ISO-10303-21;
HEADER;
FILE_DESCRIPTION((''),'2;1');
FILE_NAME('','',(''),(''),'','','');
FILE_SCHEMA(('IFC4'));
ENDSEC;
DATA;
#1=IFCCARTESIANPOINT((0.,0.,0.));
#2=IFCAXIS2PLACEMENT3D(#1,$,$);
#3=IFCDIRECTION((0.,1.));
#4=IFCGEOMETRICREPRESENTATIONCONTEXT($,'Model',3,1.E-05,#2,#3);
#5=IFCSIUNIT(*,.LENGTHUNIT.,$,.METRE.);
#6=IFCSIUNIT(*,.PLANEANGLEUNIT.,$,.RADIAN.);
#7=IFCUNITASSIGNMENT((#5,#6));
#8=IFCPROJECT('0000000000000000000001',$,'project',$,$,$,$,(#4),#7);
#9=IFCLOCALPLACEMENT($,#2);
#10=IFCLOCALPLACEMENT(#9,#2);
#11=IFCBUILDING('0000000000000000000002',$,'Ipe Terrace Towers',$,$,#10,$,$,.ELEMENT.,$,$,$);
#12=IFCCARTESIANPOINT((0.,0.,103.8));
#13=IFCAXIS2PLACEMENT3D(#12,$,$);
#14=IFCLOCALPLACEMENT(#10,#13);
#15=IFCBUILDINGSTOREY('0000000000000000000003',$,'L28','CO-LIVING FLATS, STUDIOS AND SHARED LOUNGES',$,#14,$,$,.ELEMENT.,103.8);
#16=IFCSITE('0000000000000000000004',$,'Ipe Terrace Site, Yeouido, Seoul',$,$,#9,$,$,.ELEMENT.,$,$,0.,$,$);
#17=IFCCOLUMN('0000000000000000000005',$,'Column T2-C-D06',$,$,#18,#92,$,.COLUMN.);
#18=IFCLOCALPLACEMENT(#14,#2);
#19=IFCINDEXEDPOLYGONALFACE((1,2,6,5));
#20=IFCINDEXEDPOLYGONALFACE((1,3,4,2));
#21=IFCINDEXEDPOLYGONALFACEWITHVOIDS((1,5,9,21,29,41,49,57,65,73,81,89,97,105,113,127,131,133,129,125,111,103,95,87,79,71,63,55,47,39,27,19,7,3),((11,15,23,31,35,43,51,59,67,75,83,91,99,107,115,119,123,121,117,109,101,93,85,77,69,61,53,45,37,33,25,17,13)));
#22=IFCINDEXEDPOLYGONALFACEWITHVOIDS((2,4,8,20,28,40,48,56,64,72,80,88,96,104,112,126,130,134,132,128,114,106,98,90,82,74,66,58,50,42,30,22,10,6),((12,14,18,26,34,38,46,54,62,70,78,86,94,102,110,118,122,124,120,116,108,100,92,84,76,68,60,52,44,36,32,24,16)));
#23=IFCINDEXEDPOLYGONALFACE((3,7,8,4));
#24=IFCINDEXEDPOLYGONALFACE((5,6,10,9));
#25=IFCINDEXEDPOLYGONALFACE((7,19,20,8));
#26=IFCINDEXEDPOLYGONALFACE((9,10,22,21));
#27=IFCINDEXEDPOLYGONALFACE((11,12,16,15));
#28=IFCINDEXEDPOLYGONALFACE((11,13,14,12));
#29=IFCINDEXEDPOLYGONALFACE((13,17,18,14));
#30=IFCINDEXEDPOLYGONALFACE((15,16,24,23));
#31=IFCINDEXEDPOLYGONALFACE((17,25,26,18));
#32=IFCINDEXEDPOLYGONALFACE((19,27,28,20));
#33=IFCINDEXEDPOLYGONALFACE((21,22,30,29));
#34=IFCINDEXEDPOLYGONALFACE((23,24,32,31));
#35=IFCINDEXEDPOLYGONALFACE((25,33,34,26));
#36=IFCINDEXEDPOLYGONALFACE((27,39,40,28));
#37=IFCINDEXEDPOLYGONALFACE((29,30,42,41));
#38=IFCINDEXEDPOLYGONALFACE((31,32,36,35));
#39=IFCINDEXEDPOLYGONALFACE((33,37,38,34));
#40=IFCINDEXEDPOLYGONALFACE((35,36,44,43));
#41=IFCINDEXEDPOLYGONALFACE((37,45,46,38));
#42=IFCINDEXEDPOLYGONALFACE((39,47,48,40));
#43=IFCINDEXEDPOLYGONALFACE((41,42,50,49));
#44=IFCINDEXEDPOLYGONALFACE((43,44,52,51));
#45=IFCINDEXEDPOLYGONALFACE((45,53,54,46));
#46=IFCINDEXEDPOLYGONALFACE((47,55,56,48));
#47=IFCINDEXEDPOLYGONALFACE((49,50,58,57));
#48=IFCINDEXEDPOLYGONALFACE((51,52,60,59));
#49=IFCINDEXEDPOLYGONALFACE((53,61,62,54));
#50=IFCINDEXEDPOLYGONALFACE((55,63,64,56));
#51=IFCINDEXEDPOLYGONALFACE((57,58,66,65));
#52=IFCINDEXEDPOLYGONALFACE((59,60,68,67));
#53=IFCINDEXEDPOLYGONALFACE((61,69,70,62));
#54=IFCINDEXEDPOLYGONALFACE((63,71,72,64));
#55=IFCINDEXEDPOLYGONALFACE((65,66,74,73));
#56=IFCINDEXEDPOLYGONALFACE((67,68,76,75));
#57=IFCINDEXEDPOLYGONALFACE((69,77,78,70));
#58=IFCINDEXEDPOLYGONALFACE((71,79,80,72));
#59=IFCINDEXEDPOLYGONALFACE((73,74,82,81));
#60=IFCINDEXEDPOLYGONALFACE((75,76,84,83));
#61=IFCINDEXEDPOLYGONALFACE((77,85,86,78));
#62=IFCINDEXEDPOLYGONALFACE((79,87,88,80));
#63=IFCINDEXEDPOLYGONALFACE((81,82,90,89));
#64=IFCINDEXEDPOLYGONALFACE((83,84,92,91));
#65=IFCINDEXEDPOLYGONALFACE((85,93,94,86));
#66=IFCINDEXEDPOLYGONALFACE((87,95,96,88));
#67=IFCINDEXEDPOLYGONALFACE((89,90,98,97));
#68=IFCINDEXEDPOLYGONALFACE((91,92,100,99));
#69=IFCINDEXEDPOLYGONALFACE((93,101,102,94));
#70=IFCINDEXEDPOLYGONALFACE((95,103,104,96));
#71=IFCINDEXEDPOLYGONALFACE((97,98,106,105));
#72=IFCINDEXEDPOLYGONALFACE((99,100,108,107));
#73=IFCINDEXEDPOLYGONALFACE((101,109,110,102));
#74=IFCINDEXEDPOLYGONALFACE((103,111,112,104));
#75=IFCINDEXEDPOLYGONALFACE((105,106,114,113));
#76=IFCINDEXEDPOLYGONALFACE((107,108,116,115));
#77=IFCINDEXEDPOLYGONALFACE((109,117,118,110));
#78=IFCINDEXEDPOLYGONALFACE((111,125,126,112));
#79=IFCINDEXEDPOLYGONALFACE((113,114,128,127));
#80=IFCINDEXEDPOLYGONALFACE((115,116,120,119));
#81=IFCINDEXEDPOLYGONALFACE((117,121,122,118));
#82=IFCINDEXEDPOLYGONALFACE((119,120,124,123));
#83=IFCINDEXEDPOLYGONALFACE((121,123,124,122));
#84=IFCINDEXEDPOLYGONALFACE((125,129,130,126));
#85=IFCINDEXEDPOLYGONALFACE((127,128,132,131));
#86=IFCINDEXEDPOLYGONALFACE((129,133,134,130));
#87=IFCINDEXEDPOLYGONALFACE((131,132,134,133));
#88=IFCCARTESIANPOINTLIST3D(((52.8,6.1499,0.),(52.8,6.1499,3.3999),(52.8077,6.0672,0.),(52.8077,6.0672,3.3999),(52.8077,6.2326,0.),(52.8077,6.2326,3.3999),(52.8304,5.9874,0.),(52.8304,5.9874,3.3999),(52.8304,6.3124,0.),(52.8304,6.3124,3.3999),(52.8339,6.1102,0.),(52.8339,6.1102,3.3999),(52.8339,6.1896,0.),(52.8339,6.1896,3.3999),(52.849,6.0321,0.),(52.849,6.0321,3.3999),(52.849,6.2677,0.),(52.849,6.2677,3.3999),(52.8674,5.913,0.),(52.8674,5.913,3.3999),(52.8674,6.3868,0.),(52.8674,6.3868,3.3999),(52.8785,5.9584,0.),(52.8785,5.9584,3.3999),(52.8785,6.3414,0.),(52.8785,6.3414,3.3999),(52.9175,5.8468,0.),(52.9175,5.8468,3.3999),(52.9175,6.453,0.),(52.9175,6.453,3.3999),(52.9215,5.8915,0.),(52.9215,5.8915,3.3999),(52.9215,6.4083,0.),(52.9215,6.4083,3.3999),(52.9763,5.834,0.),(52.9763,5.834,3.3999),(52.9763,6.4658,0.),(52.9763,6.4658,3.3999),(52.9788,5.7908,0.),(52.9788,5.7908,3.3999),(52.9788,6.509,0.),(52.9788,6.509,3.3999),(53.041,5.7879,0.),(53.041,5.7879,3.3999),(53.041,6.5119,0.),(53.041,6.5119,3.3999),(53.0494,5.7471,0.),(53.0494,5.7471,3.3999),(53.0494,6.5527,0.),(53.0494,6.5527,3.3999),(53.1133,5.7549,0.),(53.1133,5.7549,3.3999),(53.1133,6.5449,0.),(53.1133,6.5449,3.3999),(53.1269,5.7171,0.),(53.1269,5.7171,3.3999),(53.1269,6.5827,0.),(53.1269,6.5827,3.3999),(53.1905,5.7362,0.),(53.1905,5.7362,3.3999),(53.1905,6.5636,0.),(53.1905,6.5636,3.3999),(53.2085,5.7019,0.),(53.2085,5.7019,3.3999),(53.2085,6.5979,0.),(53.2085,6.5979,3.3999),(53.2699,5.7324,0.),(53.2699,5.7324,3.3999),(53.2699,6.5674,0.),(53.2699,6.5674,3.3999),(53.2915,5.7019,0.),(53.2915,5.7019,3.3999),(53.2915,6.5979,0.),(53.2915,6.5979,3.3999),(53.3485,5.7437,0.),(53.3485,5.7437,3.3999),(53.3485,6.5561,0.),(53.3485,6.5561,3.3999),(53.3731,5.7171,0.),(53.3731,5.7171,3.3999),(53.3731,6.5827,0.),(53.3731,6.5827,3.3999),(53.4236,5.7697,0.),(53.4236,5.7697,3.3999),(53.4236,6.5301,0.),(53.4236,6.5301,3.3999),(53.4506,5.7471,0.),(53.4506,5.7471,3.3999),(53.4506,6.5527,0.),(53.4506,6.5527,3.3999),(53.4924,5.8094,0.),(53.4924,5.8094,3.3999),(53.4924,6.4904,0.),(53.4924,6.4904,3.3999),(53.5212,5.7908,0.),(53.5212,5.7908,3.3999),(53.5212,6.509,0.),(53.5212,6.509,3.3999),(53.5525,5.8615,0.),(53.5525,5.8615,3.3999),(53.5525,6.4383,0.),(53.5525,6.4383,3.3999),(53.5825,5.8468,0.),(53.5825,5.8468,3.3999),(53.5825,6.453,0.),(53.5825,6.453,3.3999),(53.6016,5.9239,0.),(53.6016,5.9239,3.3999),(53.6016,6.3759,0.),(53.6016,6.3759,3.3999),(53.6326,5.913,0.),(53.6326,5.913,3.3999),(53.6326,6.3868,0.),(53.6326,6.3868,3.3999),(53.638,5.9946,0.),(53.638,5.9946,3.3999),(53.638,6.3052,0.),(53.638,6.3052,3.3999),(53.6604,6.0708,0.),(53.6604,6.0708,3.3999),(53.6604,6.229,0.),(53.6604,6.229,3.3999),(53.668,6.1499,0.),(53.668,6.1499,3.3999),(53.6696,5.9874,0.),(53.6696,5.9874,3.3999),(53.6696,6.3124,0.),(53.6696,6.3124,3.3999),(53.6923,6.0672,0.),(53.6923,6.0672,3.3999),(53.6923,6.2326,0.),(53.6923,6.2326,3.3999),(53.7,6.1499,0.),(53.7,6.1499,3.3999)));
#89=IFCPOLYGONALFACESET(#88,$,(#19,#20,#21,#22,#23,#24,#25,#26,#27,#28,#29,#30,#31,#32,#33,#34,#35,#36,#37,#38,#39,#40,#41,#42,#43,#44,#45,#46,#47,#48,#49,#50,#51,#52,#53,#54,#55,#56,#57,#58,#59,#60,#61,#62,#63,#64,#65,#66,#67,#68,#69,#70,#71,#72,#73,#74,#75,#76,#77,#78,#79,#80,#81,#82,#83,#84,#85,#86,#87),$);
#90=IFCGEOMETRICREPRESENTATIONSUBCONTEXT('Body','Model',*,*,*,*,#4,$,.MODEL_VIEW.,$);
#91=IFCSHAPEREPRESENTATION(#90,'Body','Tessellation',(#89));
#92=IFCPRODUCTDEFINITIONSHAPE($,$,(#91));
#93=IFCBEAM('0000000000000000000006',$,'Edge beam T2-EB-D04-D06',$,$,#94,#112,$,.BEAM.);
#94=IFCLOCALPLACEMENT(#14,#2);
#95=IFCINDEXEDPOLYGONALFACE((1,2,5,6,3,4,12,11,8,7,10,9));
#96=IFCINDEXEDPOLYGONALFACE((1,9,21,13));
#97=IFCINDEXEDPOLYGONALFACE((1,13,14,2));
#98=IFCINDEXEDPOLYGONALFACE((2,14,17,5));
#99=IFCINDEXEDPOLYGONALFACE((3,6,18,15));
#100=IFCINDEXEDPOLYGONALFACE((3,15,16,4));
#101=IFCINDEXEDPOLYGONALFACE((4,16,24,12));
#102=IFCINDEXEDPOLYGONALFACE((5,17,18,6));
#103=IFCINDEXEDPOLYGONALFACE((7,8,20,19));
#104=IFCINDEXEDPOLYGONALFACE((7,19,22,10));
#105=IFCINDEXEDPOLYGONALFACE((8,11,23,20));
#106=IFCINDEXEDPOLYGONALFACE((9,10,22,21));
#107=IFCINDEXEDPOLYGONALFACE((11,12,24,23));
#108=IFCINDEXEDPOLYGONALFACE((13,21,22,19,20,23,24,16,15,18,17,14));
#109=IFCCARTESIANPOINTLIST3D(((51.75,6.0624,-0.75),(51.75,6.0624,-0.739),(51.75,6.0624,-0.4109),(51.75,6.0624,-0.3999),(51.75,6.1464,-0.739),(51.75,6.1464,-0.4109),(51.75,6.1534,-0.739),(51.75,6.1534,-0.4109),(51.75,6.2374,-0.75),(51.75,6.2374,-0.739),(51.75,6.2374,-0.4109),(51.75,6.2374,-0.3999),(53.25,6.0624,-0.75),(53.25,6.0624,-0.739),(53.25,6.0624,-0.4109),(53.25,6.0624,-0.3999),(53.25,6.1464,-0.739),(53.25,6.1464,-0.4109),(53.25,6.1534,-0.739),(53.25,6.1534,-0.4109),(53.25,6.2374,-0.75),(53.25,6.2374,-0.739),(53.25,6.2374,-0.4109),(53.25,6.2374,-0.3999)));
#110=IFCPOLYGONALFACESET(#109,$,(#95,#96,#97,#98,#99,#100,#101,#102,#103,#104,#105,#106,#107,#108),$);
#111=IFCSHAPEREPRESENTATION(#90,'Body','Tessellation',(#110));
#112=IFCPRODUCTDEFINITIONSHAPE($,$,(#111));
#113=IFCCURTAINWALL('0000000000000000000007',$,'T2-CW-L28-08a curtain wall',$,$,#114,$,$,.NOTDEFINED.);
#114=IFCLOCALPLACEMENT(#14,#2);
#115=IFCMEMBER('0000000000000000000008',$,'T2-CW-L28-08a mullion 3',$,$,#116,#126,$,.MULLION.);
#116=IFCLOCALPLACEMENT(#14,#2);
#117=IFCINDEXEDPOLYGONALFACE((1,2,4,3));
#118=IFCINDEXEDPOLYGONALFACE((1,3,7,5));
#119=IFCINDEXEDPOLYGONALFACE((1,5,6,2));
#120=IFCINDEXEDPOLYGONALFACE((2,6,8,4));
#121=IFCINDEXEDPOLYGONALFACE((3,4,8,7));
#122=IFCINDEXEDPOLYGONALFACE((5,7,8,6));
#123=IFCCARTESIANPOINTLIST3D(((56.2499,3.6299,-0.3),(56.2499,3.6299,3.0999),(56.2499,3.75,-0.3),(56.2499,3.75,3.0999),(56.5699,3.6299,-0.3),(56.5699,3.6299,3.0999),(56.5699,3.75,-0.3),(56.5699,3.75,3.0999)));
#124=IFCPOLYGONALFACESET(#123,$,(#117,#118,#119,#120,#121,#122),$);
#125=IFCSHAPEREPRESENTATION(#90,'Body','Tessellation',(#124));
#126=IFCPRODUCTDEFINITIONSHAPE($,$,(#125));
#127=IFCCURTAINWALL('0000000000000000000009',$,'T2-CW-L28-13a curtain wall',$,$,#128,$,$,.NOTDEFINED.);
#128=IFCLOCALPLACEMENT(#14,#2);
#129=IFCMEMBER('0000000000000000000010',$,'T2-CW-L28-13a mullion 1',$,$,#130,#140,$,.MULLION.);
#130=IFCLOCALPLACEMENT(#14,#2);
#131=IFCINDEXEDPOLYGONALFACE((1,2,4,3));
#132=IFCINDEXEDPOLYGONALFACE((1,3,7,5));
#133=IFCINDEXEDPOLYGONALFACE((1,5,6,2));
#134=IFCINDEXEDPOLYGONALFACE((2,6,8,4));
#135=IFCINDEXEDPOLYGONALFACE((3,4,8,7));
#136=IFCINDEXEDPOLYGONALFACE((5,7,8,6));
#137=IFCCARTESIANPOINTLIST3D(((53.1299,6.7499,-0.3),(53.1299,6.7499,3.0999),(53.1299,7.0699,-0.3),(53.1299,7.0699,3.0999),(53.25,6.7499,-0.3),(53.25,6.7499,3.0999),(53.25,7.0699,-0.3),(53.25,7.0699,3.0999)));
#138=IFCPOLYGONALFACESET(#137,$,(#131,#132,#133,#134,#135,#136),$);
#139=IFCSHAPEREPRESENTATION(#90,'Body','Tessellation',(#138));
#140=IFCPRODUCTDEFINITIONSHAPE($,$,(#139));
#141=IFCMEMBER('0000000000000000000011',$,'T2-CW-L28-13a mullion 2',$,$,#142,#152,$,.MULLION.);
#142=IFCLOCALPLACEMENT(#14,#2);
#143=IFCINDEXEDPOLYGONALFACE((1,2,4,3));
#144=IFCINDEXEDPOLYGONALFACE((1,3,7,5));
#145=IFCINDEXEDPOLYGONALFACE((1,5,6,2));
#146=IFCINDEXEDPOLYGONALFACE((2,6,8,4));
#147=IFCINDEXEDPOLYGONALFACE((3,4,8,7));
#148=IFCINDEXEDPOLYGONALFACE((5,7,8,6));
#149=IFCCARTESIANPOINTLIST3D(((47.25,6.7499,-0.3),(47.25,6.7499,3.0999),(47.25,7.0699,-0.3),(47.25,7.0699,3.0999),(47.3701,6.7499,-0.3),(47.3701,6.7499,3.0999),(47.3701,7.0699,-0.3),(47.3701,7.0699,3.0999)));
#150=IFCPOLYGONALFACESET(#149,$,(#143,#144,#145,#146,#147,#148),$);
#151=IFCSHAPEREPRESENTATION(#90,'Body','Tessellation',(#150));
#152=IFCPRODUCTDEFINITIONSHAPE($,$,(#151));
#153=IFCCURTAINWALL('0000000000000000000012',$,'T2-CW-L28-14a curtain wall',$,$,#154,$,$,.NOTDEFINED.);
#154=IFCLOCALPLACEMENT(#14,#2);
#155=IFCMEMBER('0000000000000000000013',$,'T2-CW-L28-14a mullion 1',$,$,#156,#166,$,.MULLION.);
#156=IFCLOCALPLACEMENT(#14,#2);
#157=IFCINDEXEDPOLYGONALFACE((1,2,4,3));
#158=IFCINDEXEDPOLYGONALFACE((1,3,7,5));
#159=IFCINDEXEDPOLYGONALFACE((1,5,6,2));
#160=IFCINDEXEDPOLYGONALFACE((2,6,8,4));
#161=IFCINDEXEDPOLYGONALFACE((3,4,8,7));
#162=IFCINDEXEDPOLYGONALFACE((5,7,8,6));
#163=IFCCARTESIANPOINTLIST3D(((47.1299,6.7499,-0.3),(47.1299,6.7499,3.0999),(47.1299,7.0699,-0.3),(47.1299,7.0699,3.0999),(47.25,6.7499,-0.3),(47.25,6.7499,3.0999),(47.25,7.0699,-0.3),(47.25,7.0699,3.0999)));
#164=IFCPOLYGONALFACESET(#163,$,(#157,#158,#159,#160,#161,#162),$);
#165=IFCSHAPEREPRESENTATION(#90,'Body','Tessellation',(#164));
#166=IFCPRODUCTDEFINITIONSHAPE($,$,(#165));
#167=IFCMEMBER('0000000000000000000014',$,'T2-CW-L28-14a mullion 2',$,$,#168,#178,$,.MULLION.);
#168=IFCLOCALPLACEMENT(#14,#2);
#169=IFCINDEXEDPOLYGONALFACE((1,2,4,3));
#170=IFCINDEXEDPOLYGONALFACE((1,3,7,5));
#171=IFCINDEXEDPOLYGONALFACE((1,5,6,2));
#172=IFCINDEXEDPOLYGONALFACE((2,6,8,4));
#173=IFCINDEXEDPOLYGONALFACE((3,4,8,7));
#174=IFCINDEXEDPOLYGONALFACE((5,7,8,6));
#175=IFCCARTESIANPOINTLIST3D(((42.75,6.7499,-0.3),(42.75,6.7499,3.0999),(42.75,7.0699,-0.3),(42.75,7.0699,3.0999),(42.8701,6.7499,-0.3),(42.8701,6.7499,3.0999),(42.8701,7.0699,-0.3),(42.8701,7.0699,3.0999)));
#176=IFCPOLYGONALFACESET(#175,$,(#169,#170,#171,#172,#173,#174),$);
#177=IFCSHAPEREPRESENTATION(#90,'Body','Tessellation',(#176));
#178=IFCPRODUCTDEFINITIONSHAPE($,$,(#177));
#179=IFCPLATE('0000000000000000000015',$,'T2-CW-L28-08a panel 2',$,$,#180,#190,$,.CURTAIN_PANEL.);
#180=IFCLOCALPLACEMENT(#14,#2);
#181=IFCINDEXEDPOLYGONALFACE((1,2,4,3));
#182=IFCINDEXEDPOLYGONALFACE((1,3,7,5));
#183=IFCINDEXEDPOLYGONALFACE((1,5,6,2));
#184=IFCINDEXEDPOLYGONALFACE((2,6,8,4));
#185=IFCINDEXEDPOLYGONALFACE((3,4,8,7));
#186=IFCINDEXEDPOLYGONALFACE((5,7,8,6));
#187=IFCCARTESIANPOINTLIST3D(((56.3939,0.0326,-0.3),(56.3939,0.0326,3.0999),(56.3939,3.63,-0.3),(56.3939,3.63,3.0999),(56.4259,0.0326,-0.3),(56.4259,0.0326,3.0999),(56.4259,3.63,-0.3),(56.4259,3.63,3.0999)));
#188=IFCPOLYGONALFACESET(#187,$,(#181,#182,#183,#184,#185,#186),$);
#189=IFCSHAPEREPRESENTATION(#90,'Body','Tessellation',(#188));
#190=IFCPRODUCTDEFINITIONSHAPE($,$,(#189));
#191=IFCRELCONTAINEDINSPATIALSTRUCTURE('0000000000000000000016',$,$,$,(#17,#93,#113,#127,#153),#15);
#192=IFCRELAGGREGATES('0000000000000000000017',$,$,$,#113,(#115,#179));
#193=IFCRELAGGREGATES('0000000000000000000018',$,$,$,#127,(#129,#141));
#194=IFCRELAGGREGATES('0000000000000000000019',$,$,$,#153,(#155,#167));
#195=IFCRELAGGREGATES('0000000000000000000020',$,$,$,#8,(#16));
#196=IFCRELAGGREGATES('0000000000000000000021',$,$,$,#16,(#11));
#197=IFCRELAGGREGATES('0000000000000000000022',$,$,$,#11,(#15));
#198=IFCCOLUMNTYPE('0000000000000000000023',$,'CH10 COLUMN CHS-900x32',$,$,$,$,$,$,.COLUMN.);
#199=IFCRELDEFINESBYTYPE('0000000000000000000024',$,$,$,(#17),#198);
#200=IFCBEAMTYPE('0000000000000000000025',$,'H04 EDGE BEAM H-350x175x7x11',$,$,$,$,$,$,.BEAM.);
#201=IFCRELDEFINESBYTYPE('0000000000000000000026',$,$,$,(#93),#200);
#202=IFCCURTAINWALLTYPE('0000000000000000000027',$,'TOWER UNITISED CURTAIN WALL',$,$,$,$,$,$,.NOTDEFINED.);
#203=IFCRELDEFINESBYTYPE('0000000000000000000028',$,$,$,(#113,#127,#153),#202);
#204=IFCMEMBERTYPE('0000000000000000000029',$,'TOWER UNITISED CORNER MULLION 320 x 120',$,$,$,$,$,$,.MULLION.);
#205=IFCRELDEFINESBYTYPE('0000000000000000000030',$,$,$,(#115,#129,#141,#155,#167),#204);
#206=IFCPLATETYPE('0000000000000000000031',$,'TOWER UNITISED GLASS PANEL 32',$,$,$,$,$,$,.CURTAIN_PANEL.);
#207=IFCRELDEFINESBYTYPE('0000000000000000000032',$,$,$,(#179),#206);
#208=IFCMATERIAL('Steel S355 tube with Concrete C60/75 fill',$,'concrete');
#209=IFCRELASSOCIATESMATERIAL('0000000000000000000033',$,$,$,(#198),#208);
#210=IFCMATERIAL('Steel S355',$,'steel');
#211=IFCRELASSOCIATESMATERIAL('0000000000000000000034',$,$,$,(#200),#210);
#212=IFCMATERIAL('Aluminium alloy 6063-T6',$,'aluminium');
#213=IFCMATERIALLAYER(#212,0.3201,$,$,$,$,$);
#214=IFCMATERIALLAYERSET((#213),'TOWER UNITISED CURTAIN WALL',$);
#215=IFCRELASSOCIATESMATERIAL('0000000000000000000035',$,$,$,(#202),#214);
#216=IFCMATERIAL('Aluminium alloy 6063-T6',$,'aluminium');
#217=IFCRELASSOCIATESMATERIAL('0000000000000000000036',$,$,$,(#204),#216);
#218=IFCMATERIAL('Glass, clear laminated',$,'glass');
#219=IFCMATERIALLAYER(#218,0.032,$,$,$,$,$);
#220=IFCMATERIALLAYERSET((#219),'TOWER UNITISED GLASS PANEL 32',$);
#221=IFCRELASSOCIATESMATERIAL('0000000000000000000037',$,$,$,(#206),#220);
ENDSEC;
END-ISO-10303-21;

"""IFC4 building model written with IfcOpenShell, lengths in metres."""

from ifc_helpers import new_model, si_unit, direction, frame, origin, origin_2d, place, context, subcontext, project, spatial, rectangle, hollow_circle, i_section, extrude, material, layer, layer_set, material_profile, profile_set, type_object, element, aggregate, save


model = new_model("IFC4")

# Units and contexts
model_context = context("Model", 3, precision=1e-05, world=origin(), true_north=direction((0.0, 1.0)))
body_context = subcontext(model_context, "Body", "Model", "MODEL_VIEW")
ifc_project = project(units=[si_unit("LENGTHUNIT", "METRE"), si_unit("PLANEANGLEUNIT", "RADIAN")], contexts=[model_context])

# Site, building, storey
site_placement = place(None, origin())
site = spatial("IfcSite", under=ifc_project, at=site_placement, Name="Ipe Terrace Site, Yeouido, Seoul", CompositionType="ELEMENT", RefElevation=0.0)
building_placement = place(site_placement, origin())
building = spatial("IfcBuilding", under=site, at=building_placement, Name="Ipe Terrace Towers", CompositionType="ELEMENT")
storey_placement = place(building_placement, frame((0.0, 0.0, 103.8)))
storey = spatial("IfcBuildingStorey", under=building, at=storey_placement, Name="L28", Description="CO-LIVING FLATS, STUDIOS AND SHARED LOUNGES", CompositionType="ELEMENT", Elevation=103.8)

# Column
ifc_material_1 = material(Name="Steel S355 tube with Concrete C60/75 fill", Category="concrete")
ifc_material_profile_1 = material_profile(ifc_material_1, hollow_circle(Radius=0.45, WallThickness=0.032, at=origin_2d()), Name="CHS-900x32")
ifc_profile_set_1 = profile_set([ifc_material_profile_1], Name="Steel S355 tube with Concrete C60/75 fill")
column_type_1 = type_object("IfcColumnType", Name="CH10 COLUMN CHS-900x32", PredefinedType="COLUMN", material=ifc_profile_set_1)
for number, where, z_axis, x_axis, name in (
    (1, (53.25, 6.1499, 0.0), (0.0, 0.0, 1.0), (1.0, 0.0, 0.0), "Column T2-C-D06"),
):
    element("IfcColumn", number, at=place(storey_placement, frame(where, z_axis=z_axis, x_axis=x_axis)), inside=storey, type_object=column_type_1, Name=name, PredefinedType="COLUMN", context=body_context, shape_type="SweptSolid", body=[
        extrude(hollow_circle(Radius=0.45, WallThickness=0.032, at=origin_2d()), origin(), (0.0, 0.0, 1.0), 3.3999),
    ])

# Beam
ifc_material_2 = material(Name="Steel S355", Category="steel")
ifc_material_profile_2 = material_profile(ifc_material_2, i_section(OverallWidth=0.175, OverallDepth=0.3501, WebThickness=0.0071, FlangeThickness=0.011, at=origin_2d()), Name="H-350x175x7x11")
ifc_profile_set_2 = profile_set([ifc_material_profile_2], Name="Steel S355")
beam_type = type_object("IfcBeamType", Name="H04 EDGE BEAM H-350x175x7x11", PredefinedType="BEAM", material=ifc_profile_set_2)
beam_placement = place(storey_placement, frame((51.75, 6.1499, -0.575), z_axis=(1.0, 0.0, 0.0), x_axis=(0.0, 1.0, 0.0)))
element("IfcBeam", 2, at=beam_placement, inside=storey, type_object=beam_type, Name="Edge beam T2-EB-D04-D06", PredefinedType="BEAM", context=body_context, shape_type="SweptSolid", body=[
    extrude(i_section(OverallWidth=0.175, OverallDepth=0.3501, WebThickness=0.0071, FlangeThickness=0.011, at=origin_2d()), origin(), (0.0, 0.0, 1.0), 1.5),
])

# Curtain wall, member
ifc_material_3 = material(Name="Aluminium alloy 6063-T6", Category="aluminium")
ifc_layer_1 = layer(ifc_material_3, 0.3201)
ifc_layer_set_1 = layer_set([ifc_layer_1], Name="TOWER UNITISED CURTAIN WALL")
curtain_wall_type = type_object("IfcCurtainWallType", Name="TOWER UNITISED CURTAIN WALL", PredefinedType="NOTDEFINED", material=ifc_layer_set_1)
curtain_wall_1_placement = place(storey_placement, origin())
curtain_wall_1 = element("IfcCurtainWall", 3, at=curtain_wall_1_placement, inside=storey, type_object=curtain_wall_type, Name="T2-CW-L28-08a curtain wall", PredefinedType="NOTDEFINED")
ifc_material_4 = material(Name="Aluminium alloy 6063-T6", Category="aluminium")
ifc_material_profile_3 = material_profile(ifc_material_4, rectangle(XDim=0.3201, YDim=0.1201, at=origin_2d()), Name="TOWER UNITISED CORNER MULLION 320 x 120")
ifc_profile_set_3 = profile_set([ifc_material_profile_3], Name="Aluminium alloy 6063-T6")
member_type = type_object("IfcMemberType", Name="TOWER UNITISED CORNER MULLION 320 x 120", PredefinedType="MULLION", material=ifc_profile_set_3)
member_1_placement = place(storey_placement, frame((56.4099, 3.6899, -0.3), z_axis=(0.0, 0.0, 1.0), x_axis=(1.0, 0.0, 0.0)))
member_1 = element("IfcMember", 4, at=member_1_placement, type_object=member_type, Name="T2-CW-L28-08a mullion 3", PredefinedType="MULLION", context=body_context, shape_type="SweptSolid", body=[
    extrude(rectangle(XDim=0.3201, YDim=0.1201, at=origin_2d()), origin(), (0.0, 0.0, 1.0), 3.3999),
])

# Curtain walls, members
curtain_wall_2_placement = place(storey_placement, origin())
curtain_wall_2 = element("IfcCurtainWall", 5, at=curtain_wall_2_placement, inside=storey, type_object=curtain_wall_type, Name="T2-CW-L28-13a curtain wall", PredefinedType="NOTDEFINED")
member_2_placement = place(storey_placement, frame((53.1899, 6.9099, -0.3), z_axis=(0.0, 0.0, 1.0), x_axis=(0.0, 1.0, 0.0)))
member_2 = element("IfcMember", 6, at=member_2_placement, type_object=member_type, Name="T2-CW-L28-13a mullion 1", PredefinedType="MULLION", context=body_context, shape_type="SweptSolid", body=[
    extrude(rectangle(XDim=0.3201, YDim=0.1201, at=origin_2d()), origin(), (0.0, 0.0, 1.0), 3.3999),
])
member_3_placement = place(storey_placement, frame((47.3101, 6.9099, -0.3), z_axis=(0.0, 0.0, 1.0), x_axis=(0.0, 1.0, 0.0)))
member_3 = element("IfcMember", 7, at=member_3_placement, type_object=member_type, Name="T2-CW-L28-13a mullion 2", PredefinedType="MULLION", context=body_context, shape_type="SweptSolid", body=[
    extrude(rectangle(XDim=0.3201, YDim=0.1201, at=origin_2d()), origin(), (0.0, 0.0, 1.0), 3.3999),
])
curtain_wall_3_placement = place(storey_placement, origin())
curtain_wall_3 = element("IfcCurtainWall", 8, at=curtain_wall_3_placement, inside=storey, type_object=curtain_wall_type, Name="T2-CW-L28-14a curtain wall", PredefinedType="NOTDEFINED")
member_4_placement = place(storey_placement, frame((47.1899, 6.9099, -0.3), z_axis=(0.0, 0.0, 1.0), x_axis=(0.0, 1.0, 0.0)))
member_4 = element("IfcMember", 9, at=member_4_placement, type_object=member_type, Name="T2-CW-L28-14a mullion 1", PredefinedType="MULLION", context=body_context, shape_type="SweptSolid", body=[
    extrude(rectangle(XDim=0.3201, YDim=0.1201, at=origin_2d()), origin(), (0.0, 0.0, 1.0), 3.3999),
])
member_5_placement = place(storey_placement, frame((42.8101, 6.9099, -0.3), z_axis=(0.0, 0.0, 1.0), x_axis=(0.0, 1.0, 0.0)))
member_5 = element("IfcMember", 10, at=member_5_placement, type_object=member_type, Name="T2-CW-L28-14a mullion 2", PredefinedType="MULLION", context=body_context, shape_type="SweptSolid", body=[
    extrude(rectangle(XDim=0.3201, YDim=0.1201, at=origin_2d()), origin(), (0.0, 0.0, 1.0), 3.3999),
])

# Plate
ifc_material_5 = material(Name="Glass, clear laminated", Category="glass")
ifc_layer_2 = layer(ifc_material_5, 0.032)
ifc_layer_set_2 = layer_set([ifc_layer_2], Name="TOWER UNITISED GLASS PANEL 32")
plate_type = type_object("IfcPlateType", Name="TOWER UNITISED GLASS PANEL 32", PredefinedType="CURTAIN_PANEL", material=ifc_layer_set_2)
plate_1_placement = place(storey_placement, frame((56.4099, 1.8313, -0.3), z_axis=(0.0, 0.0, 1.0), x_axis=(0.0, 1.0, 0.0)))
plate_1 = element("IfcPlate", 11, at=plate_1_placement, type_object=plate_type, Name="T2-CW-L28-08a panel 2", PredefinedType="CURTAIN_PANEL", context=body_context, shape_type="SweptSolid", body=[
    extrude(rectangle(XDim=3.5974, YDim=0.032, at=origin_2d()), origin(), (0.0, 0.0, 1.0), 3.3999),
])
aggregate(curtain_wall_1, [member_1, plate_1])
aggregate(curtain_wall_2, [member_2, member_3])
aggregate(curtain_wall_3, [member_4, member_5])

save(model, "model.ifc")
